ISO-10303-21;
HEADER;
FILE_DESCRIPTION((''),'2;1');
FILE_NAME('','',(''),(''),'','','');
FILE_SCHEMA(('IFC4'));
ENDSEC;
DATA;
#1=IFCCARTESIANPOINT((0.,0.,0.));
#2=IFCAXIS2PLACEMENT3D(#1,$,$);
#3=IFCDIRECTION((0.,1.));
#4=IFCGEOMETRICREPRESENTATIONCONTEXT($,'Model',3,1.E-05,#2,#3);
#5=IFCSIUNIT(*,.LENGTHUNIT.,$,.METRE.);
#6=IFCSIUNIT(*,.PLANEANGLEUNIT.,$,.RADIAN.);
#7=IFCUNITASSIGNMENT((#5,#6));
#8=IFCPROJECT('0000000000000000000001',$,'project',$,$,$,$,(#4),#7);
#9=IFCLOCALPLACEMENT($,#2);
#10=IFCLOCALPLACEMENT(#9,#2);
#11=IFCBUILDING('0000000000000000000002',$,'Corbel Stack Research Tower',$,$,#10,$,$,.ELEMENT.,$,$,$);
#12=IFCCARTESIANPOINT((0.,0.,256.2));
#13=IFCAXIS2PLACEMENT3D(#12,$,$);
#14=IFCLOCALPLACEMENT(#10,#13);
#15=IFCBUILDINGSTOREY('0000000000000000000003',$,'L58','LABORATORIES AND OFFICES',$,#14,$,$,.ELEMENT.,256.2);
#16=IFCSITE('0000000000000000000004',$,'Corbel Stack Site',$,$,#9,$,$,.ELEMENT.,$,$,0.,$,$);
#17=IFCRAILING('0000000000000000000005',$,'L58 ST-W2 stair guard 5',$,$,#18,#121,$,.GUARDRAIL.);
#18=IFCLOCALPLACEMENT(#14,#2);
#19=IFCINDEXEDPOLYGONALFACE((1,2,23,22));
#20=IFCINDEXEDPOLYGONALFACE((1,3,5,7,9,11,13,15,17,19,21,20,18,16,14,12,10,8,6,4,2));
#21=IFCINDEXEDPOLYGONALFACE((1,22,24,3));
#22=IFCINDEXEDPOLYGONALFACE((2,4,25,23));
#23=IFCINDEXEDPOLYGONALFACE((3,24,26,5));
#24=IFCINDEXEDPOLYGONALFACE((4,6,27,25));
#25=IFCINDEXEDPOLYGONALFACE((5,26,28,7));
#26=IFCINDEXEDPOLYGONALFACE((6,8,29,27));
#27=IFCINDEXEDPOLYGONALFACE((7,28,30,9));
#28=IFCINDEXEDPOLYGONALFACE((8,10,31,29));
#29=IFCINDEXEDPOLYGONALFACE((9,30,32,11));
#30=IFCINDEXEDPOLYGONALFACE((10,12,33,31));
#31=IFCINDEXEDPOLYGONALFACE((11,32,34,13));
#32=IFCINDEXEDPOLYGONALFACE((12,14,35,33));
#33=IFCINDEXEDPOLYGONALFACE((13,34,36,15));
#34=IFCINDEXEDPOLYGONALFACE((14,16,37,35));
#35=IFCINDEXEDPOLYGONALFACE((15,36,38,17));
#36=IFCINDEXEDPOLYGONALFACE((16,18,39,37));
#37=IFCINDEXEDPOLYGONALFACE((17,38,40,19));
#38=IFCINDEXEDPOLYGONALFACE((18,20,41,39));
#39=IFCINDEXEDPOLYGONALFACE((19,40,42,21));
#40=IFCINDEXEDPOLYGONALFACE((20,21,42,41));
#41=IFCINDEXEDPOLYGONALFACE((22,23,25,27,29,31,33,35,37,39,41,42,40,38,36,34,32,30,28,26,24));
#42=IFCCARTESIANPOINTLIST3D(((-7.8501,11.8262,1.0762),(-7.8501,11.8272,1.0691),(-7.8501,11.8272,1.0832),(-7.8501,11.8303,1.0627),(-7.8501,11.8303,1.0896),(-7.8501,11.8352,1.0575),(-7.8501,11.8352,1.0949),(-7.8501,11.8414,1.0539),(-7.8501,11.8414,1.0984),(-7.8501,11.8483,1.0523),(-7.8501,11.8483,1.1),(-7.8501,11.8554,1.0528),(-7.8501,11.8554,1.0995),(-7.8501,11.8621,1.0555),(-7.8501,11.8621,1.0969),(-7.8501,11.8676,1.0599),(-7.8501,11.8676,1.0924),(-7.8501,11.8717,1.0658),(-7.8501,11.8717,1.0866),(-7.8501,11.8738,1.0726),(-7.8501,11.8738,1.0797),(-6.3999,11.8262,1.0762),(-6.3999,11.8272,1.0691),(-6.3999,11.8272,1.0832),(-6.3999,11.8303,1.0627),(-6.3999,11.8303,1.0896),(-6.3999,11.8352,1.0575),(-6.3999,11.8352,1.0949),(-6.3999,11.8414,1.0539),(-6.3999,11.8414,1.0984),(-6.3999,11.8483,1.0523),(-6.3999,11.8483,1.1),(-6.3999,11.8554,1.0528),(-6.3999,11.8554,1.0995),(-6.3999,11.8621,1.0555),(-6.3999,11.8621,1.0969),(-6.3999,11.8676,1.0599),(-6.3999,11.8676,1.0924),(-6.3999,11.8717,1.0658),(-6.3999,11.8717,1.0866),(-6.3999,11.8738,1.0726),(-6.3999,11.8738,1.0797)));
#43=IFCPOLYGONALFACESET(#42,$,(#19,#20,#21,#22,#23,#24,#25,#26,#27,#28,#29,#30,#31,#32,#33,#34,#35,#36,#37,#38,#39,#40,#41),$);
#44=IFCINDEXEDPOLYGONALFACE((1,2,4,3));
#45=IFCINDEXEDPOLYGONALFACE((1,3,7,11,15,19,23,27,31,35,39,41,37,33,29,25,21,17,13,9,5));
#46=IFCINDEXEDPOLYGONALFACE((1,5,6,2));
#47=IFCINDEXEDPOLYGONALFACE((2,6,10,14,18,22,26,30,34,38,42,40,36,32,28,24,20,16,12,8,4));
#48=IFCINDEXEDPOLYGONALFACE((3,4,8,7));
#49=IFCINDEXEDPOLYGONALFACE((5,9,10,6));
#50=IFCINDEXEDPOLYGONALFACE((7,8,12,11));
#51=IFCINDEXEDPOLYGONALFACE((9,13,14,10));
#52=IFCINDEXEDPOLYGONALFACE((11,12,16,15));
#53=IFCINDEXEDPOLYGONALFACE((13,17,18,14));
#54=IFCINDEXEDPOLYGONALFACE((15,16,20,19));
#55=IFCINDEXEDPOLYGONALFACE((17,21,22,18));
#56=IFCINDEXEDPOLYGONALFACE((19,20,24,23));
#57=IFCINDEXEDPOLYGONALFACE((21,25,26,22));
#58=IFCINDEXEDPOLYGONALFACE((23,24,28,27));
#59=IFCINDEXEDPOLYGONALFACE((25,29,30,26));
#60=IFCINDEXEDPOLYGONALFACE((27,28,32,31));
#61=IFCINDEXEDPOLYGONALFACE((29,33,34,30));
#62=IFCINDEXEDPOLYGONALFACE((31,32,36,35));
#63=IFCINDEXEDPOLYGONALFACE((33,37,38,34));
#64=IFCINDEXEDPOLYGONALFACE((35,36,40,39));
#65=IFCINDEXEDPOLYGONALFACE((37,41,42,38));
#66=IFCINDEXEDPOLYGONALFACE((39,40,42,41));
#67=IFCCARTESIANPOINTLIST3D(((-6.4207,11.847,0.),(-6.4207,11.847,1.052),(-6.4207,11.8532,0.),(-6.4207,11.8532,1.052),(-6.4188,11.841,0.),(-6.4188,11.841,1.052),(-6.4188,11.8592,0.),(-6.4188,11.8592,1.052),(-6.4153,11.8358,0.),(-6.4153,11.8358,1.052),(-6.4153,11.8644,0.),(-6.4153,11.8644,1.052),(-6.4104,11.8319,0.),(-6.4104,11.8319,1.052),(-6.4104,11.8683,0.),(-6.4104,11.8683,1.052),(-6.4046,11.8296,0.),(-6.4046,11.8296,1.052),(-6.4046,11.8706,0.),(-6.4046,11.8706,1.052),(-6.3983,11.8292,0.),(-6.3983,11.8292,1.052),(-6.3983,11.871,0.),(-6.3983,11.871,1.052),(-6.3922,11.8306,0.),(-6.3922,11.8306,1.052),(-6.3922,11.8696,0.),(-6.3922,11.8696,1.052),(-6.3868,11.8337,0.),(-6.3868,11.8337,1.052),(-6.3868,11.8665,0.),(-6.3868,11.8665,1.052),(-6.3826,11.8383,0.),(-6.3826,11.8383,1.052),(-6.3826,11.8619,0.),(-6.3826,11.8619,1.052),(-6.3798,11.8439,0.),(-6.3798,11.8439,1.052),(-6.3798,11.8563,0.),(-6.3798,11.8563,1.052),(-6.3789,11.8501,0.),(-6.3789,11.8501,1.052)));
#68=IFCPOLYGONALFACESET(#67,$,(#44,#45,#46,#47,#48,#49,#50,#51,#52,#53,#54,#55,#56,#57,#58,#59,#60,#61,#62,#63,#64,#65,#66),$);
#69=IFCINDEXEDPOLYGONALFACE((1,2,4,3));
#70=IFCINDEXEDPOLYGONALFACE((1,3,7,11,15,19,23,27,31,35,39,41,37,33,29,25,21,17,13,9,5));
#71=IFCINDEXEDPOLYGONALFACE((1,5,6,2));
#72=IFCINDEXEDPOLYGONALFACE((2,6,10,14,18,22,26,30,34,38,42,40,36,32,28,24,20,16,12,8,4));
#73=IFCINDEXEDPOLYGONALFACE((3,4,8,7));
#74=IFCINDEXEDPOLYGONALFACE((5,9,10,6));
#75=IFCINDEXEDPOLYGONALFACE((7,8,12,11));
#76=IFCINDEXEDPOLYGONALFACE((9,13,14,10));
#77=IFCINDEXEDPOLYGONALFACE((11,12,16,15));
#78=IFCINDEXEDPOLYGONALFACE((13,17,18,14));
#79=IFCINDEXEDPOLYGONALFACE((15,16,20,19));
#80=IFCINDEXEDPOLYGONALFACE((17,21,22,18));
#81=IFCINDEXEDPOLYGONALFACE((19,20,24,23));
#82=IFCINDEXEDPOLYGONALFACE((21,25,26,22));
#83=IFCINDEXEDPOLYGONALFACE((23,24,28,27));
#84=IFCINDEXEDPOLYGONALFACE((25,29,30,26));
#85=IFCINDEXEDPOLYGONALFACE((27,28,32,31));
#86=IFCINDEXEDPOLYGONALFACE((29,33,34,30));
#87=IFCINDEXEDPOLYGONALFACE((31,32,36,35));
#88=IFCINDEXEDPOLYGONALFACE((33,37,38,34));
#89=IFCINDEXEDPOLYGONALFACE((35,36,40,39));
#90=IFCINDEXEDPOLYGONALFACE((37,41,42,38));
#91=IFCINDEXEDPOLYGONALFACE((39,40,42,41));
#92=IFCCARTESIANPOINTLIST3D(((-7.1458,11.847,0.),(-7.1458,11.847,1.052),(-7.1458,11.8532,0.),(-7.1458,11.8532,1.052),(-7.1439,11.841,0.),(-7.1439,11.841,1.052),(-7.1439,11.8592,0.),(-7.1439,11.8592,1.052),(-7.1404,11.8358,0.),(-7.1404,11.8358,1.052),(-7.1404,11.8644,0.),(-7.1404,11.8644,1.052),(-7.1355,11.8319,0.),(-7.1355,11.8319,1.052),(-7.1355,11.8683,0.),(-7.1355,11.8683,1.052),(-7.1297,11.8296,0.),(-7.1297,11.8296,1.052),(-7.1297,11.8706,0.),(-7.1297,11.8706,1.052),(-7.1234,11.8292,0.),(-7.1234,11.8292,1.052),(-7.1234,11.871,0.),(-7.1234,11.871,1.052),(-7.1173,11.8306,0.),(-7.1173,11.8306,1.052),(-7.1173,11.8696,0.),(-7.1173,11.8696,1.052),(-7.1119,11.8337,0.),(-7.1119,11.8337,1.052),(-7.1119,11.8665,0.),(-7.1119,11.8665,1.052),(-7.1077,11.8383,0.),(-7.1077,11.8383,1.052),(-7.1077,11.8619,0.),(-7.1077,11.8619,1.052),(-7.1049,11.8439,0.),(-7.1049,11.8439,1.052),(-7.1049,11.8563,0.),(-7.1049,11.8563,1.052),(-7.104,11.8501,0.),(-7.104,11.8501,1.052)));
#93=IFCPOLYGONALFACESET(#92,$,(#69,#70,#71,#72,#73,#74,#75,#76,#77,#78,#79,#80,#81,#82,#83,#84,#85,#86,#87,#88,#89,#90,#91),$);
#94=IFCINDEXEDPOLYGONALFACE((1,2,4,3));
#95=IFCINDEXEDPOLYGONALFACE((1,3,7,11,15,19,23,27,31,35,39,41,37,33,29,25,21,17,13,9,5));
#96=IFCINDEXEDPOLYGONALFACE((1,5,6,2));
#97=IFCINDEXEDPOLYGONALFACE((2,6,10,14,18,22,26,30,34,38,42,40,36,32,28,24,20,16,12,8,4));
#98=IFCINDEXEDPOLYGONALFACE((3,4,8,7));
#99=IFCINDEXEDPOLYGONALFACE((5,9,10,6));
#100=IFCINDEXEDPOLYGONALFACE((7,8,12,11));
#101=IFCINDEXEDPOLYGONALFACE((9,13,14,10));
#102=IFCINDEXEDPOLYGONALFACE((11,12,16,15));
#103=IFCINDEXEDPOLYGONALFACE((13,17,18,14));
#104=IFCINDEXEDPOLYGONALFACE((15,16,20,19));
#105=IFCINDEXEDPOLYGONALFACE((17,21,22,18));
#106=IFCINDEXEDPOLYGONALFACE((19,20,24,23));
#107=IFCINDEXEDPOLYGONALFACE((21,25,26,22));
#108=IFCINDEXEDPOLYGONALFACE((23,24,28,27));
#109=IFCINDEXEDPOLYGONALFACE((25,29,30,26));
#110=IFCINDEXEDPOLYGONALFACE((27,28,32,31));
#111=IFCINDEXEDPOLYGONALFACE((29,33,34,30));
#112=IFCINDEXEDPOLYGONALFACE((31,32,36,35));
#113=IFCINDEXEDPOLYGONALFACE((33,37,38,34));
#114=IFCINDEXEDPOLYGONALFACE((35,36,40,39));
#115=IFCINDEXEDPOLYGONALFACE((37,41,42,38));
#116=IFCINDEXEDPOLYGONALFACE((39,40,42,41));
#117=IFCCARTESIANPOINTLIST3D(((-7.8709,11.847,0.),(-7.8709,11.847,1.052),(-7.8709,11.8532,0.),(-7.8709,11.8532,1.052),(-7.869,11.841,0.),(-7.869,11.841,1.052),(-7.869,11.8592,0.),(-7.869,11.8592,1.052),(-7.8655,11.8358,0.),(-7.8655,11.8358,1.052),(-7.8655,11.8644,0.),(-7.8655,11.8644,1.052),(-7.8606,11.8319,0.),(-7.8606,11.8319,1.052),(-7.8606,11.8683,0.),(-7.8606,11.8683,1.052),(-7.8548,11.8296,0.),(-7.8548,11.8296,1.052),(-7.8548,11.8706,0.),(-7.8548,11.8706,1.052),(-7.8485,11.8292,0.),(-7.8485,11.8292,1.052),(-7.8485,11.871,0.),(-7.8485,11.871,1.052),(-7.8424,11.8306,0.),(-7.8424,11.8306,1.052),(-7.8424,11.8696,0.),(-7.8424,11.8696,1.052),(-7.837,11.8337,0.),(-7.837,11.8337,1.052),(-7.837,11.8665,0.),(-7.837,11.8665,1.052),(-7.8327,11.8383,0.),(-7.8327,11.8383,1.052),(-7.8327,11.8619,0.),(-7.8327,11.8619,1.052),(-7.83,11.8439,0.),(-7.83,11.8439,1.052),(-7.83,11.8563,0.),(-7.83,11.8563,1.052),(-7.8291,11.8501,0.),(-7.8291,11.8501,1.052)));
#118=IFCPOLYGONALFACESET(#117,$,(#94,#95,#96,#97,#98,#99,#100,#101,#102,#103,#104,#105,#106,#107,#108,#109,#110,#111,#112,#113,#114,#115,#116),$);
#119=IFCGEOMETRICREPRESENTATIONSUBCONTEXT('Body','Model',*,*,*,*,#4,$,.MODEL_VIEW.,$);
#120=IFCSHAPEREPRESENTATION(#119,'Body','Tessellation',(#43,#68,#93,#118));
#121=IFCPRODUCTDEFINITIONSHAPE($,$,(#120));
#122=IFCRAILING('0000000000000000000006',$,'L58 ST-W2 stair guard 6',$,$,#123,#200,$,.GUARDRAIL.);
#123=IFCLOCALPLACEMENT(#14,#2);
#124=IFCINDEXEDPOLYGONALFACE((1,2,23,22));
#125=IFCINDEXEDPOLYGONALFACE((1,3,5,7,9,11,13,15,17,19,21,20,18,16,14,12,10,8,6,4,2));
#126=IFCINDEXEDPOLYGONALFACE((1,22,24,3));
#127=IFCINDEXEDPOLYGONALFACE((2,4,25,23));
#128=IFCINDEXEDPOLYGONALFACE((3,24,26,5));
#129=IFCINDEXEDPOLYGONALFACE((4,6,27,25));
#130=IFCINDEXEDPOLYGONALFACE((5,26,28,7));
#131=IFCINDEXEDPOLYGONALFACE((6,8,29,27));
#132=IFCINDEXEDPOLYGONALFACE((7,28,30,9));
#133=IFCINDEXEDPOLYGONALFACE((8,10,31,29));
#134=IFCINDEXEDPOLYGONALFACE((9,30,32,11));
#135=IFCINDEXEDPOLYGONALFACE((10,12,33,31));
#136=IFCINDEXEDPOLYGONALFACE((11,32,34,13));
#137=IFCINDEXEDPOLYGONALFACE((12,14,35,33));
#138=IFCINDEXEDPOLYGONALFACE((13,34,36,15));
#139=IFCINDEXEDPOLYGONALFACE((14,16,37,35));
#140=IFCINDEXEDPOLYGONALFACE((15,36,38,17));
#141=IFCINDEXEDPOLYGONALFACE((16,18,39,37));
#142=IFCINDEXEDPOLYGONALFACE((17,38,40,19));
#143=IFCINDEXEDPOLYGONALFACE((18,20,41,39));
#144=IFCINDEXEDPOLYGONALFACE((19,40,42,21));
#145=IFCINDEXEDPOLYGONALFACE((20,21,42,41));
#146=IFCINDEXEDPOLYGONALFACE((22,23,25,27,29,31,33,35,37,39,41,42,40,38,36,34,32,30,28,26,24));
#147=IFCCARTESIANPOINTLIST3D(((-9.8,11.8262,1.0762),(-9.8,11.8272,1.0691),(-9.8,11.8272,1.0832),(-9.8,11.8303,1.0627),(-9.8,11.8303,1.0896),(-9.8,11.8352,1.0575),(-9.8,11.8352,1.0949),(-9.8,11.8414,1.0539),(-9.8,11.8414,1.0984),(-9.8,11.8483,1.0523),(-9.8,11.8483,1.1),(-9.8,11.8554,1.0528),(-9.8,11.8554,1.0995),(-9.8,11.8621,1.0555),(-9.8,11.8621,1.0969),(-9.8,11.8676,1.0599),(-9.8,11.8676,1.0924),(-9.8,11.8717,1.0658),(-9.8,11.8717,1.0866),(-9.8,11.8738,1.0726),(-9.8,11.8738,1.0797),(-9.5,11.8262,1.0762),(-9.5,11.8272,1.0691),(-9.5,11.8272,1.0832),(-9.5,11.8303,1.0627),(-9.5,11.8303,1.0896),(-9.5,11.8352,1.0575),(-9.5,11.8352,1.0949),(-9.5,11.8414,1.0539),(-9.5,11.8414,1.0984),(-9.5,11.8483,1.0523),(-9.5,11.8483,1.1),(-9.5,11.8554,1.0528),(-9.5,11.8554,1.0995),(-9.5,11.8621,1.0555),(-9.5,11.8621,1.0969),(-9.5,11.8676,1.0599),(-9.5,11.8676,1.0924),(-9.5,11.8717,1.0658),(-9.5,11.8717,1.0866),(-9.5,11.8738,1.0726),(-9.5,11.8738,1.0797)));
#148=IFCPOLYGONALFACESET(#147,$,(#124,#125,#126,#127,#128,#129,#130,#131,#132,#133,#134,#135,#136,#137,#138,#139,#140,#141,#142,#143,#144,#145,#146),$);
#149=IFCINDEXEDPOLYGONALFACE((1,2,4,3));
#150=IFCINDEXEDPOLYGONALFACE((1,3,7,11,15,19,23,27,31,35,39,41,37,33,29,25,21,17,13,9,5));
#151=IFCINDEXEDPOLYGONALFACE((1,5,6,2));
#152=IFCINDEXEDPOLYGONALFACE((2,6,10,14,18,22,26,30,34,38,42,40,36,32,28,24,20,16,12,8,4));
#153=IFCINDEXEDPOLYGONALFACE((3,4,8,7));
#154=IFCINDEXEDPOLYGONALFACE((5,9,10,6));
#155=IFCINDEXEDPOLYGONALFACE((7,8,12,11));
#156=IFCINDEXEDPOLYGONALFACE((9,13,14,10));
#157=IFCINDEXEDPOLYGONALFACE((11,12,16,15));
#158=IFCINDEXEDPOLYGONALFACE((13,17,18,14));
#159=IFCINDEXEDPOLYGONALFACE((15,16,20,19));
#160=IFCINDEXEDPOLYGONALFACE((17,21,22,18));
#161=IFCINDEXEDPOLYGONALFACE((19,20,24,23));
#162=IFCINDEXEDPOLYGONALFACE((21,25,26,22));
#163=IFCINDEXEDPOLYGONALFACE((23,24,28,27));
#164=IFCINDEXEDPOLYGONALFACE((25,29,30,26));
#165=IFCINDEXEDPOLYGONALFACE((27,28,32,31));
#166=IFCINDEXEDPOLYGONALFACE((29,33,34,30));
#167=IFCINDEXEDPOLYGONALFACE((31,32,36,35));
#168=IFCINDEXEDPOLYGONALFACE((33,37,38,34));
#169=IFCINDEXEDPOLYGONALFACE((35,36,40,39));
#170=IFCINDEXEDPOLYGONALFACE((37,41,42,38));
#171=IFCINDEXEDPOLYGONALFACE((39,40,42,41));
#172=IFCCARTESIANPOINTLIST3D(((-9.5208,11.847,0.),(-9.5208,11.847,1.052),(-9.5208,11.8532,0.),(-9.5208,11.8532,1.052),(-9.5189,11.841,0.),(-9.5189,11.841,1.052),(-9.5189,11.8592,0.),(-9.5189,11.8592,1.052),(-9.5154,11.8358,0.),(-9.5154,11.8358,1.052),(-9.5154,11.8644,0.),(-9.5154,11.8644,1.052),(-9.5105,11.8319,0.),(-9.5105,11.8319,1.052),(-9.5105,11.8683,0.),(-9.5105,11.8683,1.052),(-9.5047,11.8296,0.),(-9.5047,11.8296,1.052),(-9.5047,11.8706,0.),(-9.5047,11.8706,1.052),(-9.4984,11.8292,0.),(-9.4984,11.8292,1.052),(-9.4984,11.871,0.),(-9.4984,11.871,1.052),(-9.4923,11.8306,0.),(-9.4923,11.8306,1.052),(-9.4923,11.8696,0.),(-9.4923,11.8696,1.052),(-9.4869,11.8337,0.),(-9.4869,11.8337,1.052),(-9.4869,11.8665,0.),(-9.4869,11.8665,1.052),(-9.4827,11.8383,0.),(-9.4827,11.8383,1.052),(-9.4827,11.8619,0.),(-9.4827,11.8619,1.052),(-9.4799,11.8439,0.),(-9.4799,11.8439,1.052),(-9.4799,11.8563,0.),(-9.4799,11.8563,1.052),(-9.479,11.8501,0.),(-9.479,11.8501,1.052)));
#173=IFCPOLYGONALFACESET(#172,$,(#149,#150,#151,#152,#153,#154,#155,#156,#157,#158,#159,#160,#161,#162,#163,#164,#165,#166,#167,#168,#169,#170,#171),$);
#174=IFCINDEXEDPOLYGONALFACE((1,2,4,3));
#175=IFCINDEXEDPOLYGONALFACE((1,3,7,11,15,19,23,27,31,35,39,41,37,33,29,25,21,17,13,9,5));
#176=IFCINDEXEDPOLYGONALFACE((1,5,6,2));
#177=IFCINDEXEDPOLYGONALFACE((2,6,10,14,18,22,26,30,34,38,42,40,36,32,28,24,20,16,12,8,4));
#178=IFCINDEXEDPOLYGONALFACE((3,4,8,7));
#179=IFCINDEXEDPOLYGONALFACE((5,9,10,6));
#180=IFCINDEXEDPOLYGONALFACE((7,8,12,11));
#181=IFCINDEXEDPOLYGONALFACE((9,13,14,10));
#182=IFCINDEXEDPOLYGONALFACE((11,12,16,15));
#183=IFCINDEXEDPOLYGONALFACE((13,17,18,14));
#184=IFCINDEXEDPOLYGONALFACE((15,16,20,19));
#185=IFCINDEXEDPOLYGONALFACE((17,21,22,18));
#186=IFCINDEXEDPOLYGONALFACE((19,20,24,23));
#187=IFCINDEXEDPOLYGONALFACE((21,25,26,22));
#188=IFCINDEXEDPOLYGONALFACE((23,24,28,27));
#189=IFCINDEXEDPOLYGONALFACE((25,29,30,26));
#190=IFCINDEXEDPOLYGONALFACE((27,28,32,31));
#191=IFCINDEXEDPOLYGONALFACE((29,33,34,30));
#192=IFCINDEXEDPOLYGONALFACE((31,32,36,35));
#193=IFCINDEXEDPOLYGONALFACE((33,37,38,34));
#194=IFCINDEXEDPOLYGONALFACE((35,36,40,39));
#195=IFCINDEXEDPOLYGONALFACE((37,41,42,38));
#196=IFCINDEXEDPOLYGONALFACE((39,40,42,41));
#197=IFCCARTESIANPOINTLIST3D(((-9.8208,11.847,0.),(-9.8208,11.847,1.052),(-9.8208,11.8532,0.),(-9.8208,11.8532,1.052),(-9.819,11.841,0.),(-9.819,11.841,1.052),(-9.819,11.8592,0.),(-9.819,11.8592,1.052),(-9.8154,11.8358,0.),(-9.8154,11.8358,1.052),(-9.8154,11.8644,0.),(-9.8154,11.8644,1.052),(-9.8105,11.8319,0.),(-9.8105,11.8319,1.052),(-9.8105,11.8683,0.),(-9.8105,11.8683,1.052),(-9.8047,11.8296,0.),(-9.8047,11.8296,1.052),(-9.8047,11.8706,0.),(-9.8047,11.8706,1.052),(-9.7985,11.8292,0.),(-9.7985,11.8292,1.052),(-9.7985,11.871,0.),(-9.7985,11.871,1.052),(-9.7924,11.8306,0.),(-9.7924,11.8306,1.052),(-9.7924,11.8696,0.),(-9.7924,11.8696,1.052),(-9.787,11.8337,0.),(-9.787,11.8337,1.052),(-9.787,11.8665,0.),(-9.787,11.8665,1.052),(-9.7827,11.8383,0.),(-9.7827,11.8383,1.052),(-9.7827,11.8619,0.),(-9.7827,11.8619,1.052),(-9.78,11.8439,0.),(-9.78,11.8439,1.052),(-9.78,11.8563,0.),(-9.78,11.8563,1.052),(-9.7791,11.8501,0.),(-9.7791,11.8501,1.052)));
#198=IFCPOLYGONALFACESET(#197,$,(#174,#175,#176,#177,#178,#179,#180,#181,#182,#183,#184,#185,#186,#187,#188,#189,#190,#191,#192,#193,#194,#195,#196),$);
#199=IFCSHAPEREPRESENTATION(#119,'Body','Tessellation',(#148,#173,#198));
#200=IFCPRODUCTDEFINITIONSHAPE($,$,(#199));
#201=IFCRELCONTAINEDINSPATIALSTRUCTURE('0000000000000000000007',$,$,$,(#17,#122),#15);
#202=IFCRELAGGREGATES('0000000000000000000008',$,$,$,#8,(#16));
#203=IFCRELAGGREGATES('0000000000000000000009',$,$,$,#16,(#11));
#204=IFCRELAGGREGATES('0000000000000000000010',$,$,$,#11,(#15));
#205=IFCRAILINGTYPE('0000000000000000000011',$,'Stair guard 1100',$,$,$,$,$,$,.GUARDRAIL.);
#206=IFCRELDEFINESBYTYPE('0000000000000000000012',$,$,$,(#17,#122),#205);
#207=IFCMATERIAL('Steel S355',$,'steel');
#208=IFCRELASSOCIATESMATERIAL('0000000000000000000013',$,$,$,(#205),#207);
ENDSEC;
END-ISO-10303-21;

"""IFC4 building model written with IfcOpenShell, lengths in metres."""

from ifc_helpers import new_model, si_unit, direction, frame, origin, origin_2d, place, context, subcontext, project, spatial, circle, extrude, material, type_object, element, save


model = new_model("IFC4")

# Units and contexts
model_context = context("Model", 3, precision=1e-05, world=origin(), true_north=direction((0.0, 1.0)))
body_context = subcontext(model_context, "Body", "Model", "MODEL_VIEW")
ifc_project = project(units=[si_unit("LENGTHUNIT", "METRE"), si_unit("PLANEANGLEUNIT", "RADIAN")], contexts=[model_context])

# Site, building, storey
site_placement = place(None, origin())
site = spatial("IfcSite", under=ifc_project, at=site_placement, Name="Corbel Stack Site", CompositionType="ELEMENT", RefElevation=0.0)
building_placement = place(site_placement, origin())
building = spatial("IfcBuilding", under=site, at=building_placement, Name="Corbel Stack Research Tower", CompositionType="ELEMENT")
storey_placement = place(building_placement, frame((0.0, 0.0, 256.2)))
storey = spatial("IfcBuildingStorey", under=building, at=storey_placement, Name="L58", Description="LABORATORIES AND OFFICES", CompositionType="ELEMENT", Elevation=256.2)

# Railings
ifc_material_1 = material(Name="Steel S355", Category="steel")
railing_type_1 = type_object("IfcRailingType", Name="Stair guard 1100", PredefinedType="GUARDRAIL", material=ifc_material_1)
railing_1_placement = place(storey_placement, frame((-6.3999, 11.8501, 0.0)))
element("IfcRailing", 1, at=railing_1_placement, inside=storey, type_object=railing_type_1, Name="L58 ST-W2 stair guard 5", PredefinedType="GUARDRAIL", context=body_context, shape_type="SweptSolid", body=[
    extrude(circle(Radius=0.0239, at=origin_2d()), frame((0.0, 0.0, 1.0762), z_axis=(-1.0, 0.0, 0.0), x_axis=(0.0, -1.0, 0.0)), (0.0, 0.0, 1.0), 1.4502),
    extrude(circle(Radius=0.021, at=origin_2d()), origin(), (0.0, 0.0, 1.0), 1.052),
    extrude(circle(Radius=0.021, at=origin_2d()), frame((-0.7251, 0.0, 0.0)), (0.0, 0.0, 1.0), 1.052),
    extrude(circle(Radius=0.021, at=origin_2d()), frame((-1.4502, 0.0, 0.0)), (0.0, 0.0, 1.0), 1.052),
])
railing_2_placement = place(storey_placement, frame((-9.5, 11.8501, 0.0)))
element("IfcRailing", 2, at=railing_2_placement, inside=storey, type_object=railing_type_1, Name="L58 ST-W2 stair guard 6", PredefinedType="GUARDRAIL", context=body_context, shape_type="SweptSolid", body=[
    extrude(circle(Radius=0.0239, at=origin_2d()), frame((0.0, 0.0, 1.0762), z_axis=(-1.0, 0.0, 0.0), x_axis=(0.0, -1.0, 0.0)), (0.0, 0.0, 1.0), 0.3),
    extrude(circle(Radius=0.021, at=origin_2d()), origin(), (0.0, 0.0, 1.0), 1.052),
    extrude(circle(Radius=0.021, at=origin_2d()), frame((-0.3, 0.0, 0.0)), (0.0, 0.0, 1.0), 1.052),
])

save(model, "model.ifc")
